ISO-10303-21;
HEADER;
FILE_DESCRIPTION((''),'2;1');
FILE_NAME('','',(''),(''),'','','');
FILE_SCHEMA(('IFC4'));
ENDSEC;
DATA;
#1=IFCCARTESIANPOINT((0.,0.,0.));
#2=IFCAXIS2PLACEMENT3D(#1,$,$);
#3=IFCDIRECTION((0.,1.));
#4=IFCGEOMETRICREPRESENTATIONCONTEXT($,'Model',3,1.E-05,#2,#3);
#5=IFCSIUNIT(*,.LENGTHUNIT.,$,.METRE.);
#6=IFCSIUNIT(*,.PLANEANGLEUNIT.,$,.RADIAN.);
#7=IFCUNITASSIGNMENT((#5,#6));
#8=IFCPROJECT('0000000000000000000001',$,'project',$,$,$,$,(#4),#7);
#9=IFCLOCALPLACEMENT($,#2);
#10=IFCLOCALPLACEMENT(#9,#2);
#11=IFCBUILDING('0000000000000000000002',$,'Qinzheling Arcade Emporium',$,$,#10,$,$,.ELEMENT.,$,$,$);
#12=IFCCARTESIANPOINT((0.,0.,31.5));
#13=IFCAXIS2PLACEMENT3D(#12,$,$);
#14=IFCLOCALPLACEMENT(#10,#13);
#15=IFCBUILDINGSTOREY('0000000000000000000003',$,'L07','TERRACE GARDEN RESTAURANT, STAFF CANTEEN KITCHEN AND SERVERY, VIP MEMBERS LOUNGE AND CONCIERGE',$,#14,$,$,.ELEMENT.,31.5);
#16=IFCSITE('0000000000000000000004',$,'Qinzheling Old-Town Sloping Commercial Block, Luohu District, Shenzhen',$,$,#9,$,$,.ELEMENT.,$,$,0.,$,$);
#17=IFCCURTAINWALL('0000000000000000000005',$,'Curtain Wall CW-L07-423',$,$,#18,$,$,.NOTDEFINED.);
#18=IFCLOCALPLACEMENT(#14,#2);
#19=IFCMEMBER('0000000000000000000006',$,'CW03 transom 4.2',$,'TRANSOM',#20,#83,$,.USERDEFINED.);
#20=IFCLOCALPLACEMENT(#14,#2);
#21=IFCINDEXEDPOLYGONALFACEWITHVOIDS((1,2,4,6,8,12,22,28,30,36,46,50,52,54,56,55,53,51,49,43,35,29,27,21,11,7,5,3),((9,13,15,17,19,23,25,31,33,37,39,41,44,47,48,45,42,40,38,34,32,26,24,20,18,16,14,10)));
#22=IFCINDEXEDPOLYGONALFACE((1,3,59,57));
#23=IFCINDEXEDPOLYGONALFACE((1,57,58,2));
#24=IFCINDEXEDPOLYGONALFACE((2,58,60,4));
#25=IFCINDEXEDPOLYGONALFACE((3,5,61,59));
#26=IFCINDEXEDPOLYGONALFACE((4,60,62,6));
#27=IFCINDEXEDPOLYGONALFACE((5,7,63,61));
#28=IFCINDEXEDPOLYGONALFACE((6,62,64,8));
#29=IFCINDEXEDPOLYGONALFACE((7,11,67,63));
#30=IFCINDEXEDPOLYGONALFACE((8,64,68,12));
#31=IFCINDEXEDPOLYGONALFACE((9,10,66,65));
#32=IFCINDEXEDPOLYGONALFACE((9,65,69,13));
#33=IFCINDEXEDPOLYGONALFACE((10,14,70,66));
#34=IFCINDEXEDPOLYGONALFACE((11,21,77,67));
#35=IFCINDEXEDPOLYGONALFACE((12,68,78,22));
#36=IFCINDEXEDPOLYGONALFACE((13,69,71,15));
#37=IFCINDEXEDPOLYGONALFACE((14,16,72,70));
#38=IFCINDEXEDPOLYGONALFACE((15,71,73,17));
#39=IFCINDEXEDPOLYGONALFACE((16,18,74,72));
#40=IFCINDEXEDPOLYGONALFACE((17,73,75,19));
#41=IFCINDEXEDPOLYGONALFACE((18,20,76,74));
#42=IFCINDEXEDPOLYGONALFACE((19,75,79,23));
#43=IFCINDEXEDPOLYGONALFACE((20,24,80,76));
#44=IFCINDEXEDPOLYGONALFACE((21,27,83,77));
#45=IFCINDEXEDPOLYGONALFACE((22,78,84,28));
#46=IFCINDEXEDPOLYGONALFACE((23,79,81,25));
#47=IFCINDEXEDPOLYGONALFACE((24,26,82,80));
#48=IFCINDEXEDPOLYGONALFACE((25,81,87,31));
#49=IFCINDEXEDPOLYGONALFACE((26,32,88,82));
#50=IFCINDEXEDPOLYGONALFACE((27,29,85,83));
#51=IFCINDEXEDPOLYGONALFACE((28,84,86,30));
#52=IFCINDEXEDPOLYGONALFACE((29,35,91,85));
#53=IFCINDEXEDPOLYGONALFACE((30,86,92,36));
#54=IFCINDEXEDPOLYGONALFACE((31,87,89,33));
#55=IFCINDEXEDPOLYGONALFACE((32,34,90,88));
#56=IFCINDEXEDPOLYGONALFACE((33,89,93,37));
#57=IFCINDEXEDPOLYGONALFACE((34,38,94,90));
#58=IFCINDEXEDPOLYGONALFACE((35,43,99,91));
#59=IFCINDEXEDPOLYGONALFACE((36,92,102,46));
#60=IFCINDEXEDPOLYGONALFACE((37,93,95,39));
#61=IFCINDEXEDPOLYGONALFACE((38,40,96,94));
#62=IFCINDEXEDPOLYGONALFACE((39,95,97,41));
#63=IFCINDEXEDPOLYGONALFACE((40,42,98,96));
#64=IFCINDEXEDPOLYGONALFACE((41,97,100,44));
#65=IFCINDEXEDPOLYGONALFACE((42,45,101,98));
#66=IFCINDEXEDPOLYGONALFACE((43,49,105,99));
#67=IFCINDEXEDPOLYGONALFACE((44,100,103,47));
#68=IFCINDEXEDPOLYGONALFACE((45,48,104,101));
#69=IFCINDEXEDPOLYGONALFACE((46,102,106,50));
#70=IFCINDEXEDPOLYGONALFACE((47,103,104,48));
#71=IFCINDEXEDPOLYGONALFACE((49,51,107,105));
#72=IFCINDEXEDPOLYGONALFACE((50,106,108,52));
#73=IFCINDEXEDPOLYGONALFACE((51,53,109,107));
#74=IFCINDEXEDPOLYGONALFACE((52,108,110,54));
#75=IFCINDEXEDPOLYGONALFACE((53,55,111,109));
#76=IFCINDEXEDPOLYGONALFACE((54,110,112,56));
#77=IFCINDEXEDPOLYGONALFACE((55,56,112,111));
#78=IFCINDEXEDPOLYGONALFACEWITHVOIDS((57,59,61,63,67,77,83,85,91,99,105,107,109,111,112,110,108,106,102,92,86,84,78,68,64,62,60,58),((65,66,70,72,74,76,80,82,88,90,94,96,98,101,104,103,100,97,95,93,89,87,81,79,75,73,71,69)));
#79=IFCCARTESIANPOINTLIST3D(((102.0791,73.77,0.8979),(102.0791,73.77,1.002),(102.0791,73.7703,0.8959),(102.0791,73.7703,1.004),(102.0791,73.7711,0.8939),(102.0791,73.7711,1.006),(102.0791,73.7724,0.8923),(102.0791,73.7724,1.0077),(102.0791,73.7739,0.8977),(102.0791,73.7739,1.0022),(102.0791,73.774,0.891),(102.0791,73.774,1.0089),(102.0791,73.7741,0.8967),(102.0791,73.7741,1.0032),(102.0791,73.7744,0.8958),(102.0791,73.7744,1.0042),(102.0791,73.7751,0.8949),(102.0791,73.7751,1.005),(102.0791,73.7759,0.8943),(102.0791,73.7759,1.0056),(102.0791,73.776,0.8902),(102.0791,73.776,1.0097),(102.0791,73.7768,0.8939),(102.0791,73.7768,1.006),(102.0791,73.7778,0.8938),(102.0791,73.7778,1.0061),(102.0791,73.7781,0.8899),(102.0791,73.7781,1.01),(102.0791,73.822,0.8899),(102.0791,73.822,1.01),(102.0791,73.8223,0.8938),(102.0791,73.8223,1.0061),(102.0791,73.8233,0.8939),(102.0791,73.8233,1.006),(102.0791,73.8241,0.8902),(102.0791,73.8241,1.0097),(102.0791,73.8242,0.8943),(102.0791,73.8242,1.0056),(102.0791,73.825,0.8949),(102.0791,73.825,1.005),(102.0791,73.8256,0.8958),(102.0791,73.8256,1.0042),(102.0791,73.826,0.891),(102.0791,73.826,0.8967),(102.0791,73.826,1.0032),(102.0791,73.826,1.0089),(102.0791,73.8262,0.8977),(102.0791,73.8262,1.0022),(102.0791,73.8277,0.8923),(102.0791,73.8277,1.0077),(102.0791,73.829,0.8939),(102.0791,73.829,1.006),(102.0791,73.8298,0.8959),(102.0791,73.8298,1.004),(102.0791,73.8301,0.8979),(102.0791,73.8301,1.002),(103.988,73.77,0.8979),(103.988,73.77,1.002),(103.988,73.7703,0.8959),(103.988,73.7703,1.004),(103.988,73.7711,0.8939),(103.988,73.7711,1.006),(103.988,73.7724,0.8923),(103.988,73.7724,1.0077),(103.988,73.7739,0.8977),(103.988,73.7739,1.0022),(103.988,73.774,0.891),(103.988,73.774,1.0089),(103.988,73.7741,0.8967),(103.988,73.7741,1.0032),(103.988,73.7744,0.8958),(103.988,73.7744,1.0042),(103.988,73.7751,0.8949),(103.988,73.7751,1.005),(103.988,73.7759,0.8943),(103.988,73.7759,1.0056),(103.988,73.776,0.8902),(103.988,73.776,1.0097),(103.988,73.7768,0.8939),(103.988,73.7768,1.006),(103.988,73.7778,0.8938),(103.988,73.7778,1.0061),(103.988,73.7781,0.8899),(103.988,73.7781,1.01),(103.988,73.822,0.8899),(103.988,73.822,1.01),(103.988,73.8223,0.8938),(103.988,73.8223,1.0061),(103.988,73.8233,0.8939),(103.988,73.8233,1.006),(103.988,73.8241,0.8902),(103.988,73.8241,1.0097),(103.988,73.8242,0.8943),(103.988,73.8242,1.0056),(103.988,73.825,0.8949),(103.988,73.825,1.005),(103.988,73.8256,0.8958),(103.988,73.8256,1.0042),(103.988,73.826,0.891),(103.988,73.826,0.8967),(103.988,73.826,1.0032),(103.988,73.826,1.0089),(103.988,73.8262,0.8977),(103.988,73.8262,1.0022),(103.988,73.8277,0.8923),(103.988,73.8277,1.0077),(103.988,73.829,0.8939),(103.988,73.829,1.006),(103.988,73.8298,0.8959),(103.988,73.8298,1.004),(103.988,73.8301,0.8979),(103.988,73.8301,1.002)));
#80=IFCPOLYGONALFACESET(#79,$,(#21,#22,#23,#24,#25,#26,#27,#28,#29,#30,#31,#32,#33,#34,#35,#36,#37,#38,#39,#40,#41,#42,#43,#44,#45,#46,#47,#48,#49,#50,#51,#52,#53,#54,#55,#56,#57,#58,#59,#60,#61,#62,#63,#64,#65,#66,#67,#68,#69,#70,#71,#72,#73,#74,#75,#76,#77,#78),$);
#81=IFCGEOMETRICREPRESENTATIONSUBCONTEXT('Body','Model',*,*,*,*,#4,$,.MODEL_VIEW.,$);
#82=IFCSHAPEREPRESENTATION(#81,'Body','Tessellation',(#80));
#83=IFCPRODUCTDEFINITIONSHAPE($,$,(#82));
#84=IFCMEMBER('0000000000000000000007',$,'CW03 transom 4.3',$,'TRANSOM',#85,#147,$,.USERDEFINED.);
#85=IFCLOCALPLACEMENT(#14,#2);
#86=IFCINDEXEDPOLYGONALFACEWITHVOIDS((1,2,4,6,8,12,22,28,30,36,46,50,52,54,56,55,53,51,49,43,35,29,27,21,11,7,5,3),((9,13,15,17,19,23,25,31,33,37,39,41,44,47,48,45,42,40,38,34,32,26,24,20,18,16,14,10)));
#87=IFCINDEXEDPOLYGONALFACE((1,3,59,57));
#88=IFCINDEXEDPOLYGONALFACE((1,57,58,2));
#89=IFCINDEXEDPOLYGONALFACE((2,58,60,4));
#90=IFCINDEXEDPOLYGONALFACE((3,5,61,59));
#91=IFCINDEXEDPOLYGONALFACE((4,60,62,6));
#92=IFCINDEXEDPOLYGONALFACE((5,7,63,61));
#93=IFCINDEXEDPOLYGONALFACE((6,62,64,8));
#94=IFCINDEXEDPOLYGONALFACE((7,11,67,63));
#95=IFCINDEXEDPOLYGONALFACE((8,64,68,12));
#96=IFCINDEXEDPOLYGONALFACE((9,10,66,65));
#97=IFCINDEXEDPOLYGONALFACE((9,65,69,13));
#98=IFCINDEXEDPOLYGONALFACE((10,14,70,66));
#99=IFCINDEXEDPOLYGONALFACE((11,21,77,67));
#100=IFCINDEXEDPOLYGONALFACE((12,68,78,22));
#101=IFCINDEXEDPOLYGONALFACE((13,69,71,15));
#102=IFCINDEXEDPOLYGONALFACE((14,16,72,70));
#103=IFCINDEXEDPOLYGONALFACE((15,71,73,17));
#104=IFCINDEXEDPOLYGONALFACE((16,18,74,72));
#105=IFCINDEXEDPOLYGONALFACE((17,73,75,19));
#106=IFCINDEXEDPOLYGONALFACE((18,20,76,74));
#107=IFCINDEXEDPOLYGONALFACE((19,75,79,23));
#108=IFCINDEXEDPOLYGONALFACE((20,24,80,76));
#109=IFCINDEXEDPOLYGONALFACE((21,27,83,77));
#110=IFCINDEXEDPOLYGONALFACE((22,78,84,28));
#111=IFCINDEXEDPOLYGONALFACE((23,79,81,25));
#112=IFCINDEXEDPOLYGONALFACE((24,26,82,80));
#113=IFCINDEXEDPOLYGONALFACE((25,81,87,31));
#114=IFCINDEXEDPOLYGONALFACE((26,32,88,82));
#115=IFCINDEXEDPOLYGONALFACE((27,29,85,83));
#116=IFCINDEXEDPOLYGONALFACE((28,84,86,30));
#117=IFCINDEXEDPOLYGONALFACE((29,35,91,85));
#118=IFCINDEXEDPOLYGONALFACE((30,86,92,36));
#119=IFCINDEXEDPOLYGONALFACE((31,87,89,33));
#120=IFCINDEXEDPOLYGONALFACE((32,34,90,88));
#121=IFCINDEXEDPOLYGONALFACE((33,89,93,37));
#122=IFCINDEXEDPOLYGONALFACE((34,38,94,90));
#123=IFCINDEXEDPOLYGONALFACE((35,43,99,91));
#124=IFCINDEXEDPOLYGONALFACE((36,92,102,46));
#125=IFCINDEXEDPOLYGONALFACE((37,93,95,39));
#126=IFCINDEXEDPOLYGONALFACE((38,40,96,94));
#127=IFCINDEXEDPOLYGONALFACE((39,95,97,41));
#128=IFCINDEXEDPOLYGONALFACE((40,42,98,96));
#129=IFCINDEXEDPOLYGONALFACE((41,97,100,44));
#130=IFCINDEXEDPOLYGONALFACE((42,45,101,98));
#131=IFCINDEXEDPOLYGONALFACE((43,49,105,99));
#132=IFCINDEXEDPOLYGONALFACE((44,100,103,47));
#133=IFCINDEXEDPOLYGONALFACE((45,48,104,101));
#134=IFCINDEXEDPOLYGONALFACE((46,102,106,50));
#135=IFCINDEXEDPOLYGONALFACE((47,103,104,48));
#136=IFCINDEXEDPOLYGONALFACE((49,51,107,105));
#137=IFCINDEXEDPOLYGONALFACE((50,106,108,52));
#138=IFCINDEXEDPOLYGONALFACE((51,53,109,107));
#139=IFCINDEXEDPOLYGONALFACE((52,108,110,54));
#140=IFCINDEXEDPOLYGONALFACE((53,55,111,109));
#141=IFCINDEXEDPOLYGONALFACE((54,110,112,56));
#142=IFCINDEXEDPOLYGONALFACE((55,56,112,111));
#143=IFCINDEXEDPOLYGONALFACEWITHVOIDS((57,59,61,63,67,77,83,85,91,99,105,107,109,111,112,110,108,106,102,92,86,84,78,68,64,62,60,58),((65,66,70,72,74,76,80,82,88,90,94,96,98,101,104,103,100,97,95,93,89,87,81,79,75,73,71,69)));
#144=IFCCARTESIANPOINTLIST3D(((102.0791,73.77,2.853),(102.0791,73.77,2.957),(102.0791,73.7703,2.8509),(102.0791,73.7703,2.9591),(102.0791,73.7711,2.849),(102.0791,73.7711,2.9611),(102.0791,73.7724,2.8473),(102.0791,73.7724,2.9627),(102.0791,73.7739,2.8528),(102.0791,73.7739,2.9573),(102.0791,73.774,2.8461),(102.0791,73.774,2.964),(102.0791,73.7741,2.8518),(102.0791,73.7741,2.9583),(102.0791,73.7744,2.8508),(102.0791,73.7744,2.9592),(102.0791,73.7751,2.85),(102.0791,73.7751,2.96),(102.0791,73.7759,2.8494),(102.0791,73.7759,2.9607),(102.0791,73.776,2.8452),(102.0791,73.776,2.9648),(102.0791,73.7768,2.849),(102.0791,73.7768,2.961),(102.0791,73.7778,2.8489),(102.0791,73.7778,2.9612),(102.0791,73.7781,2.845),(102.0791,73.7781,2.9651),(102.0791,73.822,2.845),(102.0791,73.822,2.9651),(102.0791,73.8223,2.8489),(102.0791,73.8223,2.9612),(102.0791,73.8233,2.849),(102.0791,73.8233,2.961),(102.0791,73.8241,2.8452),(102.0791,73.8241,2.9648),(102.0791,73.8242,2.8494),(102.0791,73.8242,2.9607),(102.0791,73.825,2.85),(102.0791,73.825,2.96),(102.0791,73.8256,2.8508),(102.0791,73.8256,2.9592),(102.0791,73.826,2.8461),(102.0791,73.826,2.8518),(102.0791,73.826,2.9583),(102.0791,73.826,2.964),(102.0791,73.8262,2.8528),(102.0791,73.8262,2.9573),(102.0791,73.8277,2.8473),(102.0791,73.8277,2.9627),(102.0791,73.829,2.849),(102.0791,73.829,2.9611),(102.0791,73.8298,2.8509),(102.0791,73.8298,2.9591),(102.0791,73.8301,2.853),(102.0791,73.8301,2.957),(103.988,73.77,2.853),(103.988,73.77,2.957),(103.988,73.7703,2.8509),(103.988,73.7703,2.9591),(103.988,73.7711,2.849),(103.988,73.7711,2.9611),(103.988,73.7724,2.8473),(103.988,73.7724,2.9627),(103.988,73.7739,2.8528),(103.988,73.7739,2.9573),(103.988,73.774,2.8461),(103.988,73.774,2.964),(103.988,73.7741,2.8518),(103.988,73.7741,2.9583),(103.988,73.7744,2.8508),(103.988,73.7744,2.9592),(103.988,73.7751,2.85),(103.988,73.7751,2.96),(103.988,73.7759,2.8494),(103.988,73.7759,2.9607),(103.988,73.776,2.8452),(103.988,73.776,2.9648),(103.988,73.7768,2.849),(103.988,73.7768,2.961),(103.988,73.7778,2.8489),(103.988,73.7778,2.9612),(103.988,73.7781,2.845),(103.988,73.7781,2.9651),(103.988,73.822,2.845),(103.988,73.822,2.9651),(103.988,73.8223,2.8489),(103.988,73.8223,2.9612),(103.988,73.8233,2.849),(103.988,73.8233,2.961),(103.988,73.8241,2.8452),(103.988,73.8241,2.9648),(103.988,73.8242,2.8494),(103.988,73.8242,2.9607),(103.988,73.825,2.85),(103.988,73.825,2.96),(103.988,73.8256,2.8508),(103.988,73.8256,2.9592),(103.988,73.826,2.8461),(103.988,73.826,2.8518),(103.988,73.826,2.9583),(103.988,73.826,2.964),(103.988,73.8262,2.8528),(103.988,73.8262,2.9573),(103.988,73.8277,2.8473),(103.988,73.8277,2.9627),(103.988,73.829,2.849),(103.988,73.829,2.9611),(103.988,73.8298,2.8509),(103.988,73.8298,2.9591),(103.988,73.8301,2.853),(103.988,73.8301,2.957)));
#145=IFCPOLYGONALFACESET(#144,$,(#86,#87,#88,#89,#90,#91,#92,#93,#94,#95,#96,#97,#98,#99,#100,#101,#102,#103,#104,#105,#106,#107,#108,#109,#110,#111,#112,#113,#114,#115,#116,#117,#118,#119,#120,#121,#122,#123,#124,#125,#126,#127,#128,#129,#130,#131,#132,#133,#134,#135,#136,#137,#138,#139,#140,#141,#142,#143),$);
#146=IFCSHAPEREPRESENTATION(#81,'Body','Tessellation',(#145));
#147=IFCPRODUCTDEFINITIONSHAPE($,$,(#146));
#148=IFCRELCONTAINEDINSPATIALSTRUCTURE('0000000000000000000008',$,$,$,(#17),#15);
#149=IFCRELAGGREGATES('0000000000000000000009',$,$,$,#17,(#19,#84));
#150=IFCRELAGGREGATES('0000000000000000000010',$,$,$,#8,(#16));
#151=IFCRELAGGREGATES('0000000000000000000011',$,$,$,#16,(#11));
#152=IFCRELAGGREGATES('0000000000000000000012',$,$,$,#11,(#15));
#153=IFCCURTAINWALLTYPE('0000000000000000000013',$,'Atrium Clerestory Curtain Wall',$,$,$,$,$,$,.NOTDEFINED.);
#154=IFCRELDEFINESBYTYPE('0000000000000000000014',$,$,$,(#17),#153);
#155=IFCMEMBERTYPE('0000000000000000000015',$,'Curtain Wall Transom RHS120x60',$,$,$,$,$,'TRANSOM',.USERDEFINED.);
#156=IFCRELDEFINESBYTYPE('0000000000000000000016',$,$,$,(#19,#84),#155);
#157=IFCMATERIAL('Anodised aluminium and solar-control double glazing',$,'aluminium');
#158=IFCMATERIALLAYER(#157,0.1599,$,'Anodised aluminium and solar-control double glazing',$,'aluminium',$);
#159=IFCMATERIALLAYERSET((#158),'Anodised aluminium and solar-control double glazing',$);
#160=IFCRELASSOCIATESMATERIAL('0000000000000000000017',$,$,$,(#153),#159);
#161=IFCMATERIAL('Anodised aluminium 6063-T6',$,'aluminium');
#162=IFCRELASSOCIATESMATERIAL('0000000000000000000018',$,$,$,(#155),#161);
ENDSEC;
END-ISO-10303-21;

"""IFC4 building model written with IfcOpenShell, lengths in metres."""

from ifc_helpers import new_model, si_unit, direction, frame, origin, origin_2d, place, context, subcontext, project, spatial, hollow_rectangle, extrude, material, layer, layer_set, material_profile, profile_set, type_object, element, aggregate, save


model = new_model("IFC4")

# Units and contexts
model_context = context("Model", 3, precision=1e-05, world=origin(), true_north=direction((0.0, 1.0)))
body_context = subcontext(model_context, "Body", "Model", "MODEL_VIEW")
ifc_project = project(units=[si_unit("LENGTHUNIT", "METRE"), si_unit("PLANEANGLEUNIT", "RADIAN")], contexts=[model_context])

# Site, building, storey
site_placement = place(None, origin())
site = spatial("IfcSite", under=ifc_project, at=site_placement, Name="Qinzheling Old-Town Sloping Commercial Block, Luohu District, Shenzhen", CompositionType="ELEMENT", RefElevation=0.0)
building_placement = place(site_placement, origin())
building = spatial("IfcBuilding", under=site, at=building_placement, Name="Qinzheling Arcade Emporium", CompositionType="ELEMENT")
storey_placement = place(building_placement, frame((0.0, 0.0, 31.5)))
storey = spatial("IfcBuildingStorey", under=building, at=storey_placement, Name="L07", Description="TERRACE GARDEN RESTAURANT, STAFF CANTEEN KITCHEN AND SERVERY, VIP MEMBERS LOUNGE AND CONCIERGE", CompositionType="ELEMENT", Elevation=31.5)

# Curtain wall, members
ifc_material_1 = material(Name="Anodised aluminium and solar-control double glazing", Category="aluminium")
ifc_layer_1 = layer(ifc_material_1, 0.1599, Name="Anodised aluminium and solar-control double glazing", Category="aluminium")
ifc_layer_set_1 = layer_set([ifc_layer_1], Name="Anodised aluminium and solar-control double glazing")
curtain_wall_type = type_object("IfcCurtainWallType", Name="Atrium Clerestory Curtain Wall", PredefinedType="NOTDEFINED", material=ifc_layer_set_1)
curtain_wall_placement = place(storey_placement, origin())
curtain_wall = element("IfcCurtainWall", 1, at=curtain_wall_placement, inside=storey, type_object=curtain_wall_type, Name="Curtain Wall CW-L07-423", PredefinedType="NOTDEFINED")
ifc_material_2 = material(Name="Anodised aluminium 6063-T6", Category="aluminium")
ifc_material_profile_1 = material_profile(ifc_material_2, hollow_rectangle(XDim=0.0601, YDim=0.1201, WallThickness=0.0039, InnerFilletRadius=0.0039, OuterFilletRadius=0.0081, at=origin_2d()), Name="RHS 120x60x4", Category="aluminium")
ifc_profile_set_1 = profile_set([ifc_material_profile_1], Name="Anodised aluminium 6063-T6")
member_type_1 = type_object("IfcMemberType", Name="Curtain Wall Transom RHS120x60", ElementType="TRANSOM", PredefinedType="USERDEFINED", material=ifc_profile_set_1)
member_1_placement = place(storey_placement, frame((102.0791, 73.8, 0.95), z_axis=(1.0, 0.0, 0.0), x_axis=(0.0, 1.0, 0.0)))
member_1 = element("IfcMember", 2, at=member_1_placement, type_object=member_type_1, Name="CW03 transom 4.2", ObjectType="TRANSOM", PredefinedType="USERDEFINED", context=body_context, shape_type="SweptSolid", body=[
    extrude(hollow_rectangle(XDim=0.0601, YDim=0.1201, WallThickness=0.0039, InnerFilletRadius=0.0039, OuterFilletRadius=0.0081, at=origin_2d()), origin(), (0.0, 0.0, 1.0), 1.9089),
])
member_2_placement = place(storey_placement, frame((102.0791, 73.8, 2.905), z_axis=(1.0, 0.0, 0.0), x_axis=(0.0, 1.0, 0.0)))
member_2 = element("IfcMember", 3, at=member_2_placement, type_object=member_type_1, Name="CW03 transom 4.3", ObjectType="TRANSOM", PredefinedType="USERDEFINED", context=body_context, shape_type="SweptSolid", body=[
    extrude(hollow_rectangle(XDim=0.0601, YDim=0.1201, WallThickness=0.0039, InnerFilletRadius=0.0039, OuterFilletRadius=0.0081, at=origin_2d()), origin(), (0.0, 0.0, 1.0), 1.9089),
])
aggregate(curtain_wall, [member_1, member_2])

save(model, "model.ifc")
